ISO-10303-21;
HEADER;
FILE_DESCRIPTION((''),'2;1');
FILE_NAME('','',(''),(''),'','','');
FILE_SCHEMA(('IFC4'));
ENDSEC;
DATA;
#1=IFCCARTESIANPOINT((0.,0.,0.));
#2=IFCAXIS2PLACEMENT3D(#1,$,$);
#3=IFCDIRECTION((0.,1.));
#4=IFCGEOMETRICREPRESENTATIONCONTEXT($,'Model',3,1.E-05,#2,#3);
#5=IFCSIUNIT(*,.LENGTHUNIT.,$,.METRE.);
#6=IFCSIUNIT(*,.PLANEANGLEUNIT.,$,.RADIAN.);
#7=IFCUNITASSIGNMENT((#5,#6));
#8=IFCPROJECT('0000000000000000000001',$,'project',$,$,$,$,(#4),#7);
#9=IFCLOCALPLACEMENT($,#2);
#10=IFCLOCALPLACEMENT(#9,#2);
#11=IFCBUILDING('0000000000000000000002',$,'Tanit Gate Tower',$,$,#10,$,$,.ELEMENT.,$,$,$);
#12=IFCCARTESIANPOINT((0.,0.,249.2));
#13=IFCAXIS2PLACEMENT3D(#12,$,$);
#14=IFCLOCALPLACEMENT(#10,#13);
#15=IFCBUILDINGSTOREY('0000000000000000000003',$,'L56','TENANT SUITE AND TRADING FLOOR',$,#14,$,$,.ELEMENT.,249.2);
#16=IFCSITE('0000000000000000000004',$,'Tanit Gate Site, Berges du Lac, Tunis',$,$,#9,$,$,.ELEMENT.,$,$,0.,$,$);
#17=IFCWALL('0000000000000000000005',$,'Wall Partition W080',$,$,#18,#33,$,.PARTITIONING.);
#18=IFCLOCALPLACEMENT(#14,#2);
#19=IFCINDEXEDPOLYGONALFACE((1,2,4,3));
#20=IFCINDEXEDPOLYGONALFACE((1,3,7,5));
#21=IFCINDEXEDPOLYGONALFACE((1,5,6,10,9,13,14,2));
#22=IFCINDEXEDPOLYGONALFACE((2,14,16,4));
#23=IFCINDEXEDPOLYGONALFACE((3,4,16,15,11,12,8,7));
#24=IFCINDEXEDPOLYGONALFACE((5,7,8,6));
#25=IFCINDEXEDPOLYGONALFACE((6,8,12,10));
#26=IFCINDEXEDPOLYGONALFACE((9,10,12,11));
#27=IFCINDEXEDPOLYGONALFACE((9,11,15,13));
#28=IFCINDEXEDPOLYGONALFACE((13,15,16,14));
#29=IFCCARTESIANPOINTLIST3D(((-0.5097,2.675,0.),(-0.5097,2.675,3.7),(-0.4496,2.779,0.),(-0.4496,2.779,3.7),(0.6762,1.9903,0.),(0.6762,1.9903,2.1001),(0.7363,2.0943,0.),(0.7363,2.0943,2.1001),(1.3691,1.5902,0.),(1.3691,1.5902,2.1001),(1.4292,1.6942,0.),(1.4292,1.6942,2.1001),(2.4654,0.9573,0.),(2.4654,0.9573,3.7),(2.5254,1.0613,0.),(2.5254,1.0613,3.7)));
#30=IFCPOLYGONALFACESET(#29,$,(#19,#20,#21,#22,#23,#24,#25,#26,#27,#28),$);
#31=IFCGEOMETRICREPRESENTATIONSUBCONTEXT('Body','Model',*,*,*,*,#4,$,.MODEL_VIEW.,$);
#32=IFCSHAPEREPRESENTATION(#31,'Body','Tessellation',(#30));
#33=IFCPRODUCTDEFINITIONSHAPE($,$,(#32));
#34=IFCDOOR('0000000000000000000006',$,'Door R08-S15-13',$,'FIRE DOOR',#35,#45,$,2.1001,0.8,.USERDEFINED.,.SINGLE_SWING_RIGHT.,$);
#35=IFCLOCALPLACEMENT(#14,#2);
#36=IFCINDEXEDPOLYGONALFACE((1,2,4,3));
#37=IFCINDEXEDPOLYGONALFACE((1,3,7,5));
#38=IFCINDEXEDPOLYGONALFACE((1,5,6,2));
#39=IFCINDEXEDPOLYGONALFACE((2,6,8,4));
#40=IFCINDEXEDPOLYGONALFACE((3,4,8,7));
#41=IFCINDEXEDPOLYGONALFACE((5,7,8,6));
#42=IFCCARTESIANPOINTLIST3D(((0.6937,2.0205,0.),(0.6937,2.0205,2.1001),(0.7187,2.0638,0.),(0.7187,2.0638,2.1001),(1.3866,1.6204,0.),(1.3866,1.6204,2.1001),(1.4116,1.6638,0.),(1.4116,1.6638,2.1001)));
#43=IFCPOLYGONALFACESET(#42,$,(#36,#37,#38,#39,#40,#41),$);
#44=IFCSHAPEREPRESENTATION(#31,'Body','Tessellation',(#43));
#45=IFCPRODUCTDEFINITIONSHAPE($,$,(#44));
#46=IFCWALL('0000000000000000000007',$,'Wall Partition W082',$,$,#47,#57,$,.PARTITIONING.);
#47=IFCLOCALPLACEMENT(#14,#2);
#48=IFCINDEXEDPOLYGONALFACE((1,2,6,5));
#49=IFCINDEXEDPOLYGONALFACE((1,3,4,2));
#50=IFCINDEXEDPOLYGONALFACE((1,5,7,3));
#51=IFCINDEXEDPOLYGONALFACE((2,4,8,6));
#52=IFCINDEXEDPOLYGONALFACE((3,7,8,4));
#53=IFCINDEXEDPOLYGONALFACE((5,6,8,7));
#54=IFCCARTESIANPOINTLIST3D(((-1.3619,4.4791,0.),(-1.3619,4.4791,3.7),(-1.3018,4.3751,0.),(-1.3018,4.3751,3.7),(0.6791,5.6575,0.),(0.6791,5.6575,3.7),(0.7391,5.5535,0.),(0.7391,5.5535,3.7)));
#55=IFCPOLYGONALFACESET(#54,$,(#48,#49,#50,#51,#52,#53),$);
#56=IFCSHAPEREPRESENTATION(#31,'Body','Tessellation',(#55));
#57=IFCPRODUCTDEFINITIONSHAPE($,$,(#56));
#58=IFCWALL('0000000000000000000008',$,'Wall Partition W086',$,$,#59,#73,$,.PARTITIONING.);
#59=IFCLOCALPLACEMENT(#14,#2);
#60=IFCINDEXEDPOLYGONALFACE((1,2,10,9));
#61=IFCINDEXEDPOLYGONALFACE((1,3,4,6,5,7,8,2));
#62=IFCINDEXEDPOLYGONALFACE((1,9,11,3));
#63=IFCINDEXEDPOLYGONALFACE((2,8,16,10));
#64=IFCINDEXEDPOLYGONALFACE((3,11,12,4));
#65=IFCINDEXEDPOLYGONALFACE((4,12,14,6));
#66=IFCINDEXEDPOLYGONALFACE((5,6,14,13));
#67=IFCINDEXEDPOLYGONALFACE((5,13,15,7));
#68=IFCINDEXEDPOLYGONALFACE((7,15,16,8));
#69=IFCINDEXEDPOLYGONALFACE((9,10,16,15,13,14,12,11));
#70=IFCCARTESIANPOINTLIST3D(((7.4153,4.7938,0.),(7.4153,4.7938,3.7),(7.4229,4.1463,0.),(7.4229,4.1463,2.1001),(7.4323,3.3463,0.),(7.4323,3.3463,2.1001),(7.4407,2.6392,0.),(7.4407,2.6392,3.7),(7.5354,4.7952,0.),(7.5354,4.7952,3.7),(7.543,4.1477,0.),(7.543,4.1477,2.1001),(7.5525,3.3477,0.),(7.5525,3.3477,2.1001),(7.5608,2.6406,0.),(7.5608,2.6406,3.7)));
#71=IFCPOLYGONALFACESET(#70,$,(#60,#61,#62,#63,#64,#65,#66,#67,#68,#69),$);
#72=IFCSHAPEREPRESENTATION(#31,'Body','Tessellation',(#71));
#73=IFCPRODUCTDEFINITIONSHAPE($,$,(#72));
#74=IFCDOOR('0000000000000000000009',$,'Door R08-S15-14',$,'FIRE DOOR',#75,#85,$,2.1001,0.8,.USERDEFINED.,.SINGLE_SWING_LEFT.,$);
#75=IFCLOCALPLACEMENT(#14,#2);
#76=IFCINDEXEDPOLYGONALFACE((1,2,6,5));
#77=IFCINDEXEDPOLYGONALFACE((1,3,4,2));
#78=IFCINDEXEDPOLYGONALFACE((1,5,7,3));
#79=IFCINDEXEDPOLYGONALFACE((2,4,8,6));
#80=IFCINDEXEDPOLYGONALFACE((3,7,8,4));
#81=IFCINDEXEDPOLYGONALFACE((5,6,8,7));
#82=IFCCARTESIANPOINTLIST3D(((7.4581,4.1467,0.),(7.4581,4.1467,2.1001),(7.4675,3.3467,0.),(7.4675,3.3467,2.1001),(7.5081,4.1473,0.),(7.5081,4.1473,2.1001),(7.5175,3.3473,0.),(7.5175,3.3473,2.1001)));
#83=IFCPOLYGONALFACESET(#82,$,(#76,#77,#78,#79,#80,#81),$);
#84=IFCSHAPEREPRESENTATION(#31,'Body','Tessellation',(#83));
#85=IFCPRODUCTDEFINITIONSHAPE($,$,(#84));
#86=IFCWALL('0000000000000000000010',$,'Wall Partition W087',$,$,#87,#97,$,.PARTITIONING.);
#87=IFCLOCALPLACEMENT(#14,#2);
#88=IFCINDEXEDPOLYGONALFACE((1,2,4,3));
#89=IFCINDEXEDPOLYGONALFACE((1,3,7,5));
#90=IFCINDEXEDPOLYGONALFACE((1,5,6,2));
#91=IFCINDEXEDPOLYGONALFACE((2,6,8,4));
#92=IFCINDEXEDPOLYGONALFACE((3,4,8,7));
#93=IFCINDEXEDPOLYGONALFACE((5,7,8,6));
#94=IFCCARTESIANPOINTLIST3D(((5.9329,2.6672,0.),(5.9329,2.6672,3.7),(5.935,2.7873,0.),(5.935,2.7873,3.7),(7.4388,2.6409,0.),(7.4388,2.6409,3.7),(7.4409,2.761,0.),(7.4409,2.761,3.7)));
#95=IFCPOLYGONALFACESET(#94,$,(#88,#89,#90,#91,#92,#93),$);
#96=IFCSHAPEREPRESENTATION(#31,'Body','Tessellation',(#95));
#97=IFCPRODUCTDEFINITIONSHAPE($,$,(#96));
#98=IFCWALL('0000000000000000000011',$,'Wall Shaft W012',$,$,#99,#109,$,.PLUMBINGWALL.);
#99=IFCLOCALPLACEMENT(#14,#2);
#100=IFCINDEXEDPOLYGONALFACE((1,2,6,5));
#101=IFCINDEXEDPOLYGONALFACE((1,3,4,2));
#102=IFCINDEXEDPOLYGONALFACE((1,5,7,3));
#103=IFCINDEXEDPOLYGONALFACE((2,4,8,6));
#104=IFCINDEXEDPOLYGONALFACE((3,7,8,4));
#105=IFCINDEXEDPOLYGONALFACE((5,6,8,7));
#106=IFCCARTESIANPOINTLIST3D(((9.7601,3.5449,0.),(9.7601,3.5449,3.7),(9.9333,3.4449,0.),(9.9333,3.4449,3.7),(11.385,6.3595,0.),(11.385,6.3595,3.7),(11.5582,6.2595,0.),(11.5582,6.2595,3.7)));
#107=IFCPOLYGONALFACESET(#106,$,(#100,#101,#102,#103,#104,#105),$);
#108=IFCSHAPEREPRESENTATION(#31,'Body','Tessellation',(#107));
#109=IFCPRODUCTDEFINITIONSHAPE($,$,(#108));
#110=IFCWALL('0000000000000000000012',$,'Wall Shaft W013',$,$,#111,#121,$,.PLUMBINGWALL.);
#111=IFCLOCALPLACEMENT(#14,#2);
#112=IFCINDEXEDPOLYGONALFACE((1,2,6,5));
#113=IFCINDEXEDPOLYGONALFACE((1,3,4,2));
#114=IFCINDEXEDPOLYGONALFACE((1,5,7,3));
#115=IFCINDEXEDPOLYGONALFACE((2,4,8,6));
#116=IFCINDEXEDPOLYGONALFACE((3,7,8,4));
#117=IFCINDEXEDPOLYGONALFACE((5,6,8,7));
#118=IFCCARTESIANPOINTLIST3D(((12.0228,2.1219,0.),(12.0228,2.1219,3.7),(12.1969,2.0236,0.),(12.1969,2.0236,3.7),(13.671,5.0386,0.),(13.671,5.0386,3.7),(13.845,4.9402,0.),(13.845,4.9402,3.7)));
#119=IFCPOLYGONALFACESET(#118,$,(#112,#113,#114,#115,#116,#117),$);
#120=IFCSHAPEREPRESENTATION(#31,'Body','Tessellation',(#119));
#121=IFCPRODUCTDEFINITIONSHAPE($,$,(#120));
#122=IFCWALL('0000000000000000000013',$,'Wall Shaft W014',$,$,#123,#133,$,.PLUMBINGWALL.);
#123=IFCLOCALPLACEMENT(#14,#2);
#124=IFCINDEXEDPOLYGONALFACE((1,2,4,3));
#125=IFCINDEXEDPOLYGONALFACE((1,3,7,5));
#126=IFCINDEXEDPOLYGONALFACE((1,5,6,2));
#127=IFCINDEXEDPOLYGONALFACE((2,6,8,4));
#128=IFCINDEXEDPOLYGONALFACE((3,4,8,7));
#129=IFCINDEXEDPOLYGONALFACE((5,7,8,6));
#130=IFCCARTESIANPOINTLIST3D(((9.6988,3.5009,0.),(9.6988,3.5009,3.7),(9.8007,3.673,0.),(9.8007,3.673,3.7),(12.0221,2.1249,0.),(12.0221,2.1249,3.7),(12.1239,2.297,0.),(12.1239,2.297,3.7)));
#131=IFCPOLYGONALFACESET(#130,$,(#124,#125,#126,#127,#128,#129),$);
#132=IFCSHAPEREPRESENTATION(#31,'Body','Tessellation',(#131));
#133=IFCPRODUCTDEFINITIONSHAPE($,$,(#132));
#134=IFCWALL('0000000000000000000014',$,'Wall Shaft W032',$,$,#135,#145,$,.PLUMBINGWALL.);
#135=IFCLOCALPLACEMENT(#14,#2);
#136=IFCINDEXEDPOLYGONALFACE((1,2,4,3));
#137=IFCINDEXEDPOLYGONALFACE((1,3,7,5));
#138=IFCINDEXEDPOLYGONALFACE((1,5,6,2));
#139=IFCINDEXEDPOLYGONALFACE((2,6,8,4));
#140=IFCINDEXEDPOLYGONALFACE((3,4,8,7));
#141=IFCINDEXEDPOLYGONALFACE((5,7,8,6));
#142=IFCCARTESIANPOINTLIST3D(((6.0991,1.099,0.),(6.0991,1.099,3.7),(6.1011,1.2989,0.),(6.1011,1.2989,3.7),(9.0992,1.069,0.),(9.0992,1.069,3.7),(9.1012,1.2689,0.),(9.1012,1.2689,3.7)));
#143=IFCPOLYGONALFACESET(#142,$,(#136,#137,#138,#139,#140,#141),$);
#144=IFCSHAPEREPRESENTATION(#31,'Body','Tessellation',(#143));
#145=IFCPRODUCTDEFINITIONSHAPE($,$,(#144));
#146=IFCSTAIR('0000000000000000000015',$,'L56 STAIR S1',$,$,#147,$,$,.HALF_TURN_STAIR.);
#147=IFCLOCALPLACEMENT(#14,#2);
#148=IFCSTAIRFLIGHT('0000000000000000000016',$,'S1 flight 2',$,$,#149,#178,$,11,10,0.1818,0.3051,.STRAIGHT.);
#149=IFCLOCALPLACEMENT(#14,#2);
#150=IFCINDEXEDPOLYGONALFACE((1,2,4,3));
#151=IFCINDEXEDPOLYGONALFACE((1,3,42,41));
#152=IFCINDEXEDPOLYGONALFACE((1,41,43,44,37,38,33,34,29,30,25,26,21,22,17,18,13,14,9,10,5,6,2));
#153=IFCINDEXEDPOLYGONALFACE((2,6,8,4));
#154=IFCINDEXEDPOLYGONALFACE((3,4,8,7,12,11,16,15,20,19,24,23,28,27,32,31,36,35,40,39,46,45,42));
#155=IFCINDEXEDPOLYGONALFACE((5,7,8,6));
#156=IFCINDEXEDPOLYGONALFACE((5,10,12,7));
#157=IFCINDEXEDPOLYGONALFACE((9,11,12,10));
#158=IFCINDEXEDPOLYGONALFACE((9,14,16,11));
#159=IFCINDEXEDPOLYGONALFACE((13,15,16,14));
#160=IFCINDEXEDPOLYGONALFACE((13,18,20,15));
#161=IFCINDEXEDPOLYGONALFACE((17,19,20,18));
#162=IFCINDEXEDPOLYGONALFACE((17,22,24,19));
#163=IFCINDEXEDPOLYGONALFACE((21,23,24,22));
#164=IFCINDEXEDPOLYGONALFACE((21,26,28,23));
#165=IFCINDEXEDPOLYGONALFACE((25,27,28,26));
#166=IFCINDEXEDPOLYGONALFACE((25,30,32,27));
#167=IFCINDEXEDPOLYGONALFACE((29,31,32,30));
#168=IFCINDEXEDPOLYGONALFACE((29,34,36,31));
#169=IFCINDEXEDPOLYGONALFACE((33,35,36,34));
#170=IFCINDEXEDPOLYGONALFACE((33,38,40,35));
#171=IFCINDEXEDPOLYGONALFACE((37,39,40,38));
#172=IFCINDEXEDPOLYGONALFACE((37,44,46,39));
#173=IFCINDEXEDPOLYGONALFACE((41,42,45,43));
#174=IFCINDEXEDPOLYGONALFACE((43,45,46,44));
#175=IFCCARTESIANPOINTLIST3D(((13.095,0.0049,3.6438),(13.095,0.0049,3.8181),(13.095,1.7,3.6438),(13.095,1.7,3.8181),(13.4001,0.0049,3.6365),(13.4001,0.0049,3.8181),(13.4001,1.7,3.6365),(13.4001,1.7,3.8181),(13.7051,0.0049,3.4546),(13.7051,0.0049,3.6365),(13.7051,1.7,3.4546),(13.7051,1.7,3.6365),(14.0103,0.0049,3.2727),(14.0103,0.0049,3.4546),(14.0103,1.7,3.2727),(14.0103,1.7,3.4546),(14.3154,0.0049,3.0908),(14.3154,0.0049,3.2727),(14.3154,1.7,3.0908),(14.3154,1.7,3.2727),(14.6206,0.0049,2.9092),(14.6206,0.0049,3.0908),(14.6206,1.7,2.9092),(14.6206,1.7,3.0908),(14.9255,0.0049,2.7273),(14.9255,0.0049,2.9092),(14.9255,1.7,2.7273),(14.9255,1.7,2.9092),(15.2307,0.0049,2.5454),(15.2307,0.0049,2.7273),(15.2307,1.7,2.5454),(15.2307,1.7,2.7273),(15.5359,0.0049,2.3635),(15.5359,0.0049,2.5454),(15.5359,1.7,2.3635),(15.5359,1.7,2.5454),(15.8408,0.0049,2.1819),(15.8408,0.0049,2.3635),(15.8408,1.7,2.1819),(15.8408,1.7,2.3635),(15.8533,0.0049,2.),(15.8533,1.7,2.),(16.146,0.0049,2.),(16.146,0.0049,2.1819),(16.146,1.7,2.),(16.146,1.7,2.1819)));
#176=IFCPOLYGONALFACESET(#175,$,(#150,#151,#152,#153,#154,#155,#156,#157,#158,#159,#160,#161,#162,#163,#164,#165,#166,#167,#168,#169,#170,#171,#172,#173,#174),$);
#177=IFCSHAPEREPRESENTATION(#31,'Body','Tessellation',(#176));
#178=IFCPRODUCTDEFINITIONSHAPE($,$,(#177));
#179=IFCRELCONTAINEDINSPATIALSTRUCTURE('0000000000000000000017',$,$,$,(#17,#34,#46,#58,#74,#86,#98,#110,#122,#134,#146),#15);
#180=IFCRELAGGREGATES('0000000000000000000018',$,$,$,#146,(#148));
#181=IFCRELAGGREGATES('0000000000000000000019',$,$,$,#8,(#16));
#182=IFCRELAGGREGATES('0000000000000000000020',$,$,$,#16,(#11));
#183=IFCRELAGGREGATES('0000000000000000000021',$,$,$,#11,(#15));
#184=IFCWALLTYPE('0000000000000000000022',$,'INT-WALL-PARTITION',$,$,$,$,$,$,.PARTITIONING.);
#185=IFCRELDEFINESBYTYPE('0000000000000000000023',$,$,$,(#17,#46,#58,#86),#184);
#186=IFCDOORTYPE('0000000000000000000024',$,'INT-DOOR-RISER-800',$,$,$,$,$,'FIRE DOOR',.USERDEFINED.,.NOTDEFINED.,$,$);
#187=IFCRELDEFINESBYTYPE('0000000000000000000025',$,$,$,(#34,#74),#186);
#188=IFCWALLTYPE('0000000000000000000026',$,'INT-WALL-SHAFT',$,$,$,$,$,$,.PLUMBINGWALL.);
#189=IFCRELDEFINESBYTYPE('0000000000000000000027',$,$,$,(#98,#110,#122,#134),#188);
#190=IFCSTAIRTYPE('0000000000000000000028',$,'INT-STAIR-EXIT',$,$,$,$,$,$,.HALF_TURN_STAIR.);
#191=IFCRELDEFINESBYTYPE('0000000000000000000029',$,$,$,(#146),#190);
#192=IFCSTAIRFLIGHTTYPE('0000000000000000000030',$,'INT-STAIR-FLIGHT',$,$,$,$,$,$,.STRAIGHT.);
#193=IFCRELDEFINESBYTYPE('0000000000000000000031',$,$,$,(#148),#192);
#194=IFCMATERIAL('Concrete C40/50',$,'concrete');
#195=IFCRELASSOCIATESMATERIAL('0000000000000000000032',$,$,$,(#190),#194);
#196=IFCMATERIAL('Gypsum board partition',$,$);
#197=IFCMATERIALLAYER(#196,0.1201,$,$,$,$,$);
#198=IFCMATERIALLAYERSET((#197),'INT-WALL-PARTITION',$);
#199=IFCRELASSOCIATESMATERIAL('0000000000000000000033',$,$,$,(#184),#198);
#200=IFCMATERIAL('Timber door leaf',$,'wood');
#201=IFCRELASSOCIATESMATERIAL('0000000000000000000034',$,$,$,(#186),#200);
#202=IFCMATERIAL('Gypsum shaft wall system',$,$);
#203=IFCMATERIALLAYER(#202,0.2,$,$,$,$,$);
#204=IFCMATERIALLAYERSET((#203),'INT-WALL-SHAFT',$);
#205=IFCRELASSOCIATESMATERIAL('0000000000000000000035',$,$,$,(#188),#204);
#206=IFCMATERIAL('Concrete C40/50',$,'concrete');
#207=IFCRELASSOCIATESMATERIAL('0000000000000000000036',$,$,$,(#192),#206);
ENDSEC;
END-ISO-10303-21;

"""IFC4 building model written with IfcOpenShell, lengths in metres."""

from ifc_helpers import new_model, si_unit, direction, frame, frame_2d, origin, place, context, subcontext, project, spatial, polyline, rectangle, outline, extrude, material, layer, layer_set, type_object, element, fill, aggregate, save


model = new_model("IFC4")

# Units and contexts
model_context = context("Model", 3, precision=1e-05, world=origin(), true_north=direction((0.0, 1.0)))
body_context = subcontext(model_context, "Body", "Model", "MODEL_VIEW")
ifc_project = project(units=[si_unit("LENGTHUNIT", "METRE"), si_unit("PLANEANGLEUNIT", "RADIAN")], contexts=[model_context])

# Site, building, storey
site_placement = place(None, origin())
site = spatial("IfcSite", under=ifc_project, at=site_placement, Name="Tanit Gate Site, Berges du Lac, Tunis", CompositionType="ELEMENT", RefElevation=0.0)
building_placement = place(site_placement, origin())
building = spatial("IfcBuilding", under=site, at=building_placement, Name="Tanit Gate Tower", CompositionType="ELEMENT")
storey_placement = place(building_placement, frame((0.0, 0.0, 249.2)))
storey = spatial("IfcBuildingStorey", under=building, at=storey_placement, Name="L56", Description="TENANT SUITE AND TRADING FLOOR", CompositionType="ELEMENT", Elevation=249.2)

# Shared definitions
ifc_material_1 = material(Name="Concrete C40/50", Category="concrete")
stair_type = type_object("IfcStairType", Name="INT-STAIR-EXIT", PredefinedType="HALF_TURN_STAIR", material=ifc_material_1)

# Shared definitions
ifc_material_2 = material(Name="Gypsum board partition")
ifc_layer_1 = layer(ifc_material_2, 0.1201)
ifc_layer_set_1 = layer_set([ifc_layer_1], Name="INT-WALL-PARTITION")
wall_type_1 = type_object("IfcWallType", Name="INT-WALL-PARTITION", PredefinedType="PARTITIONING", material=ifc_layer_set_1)
ifc_material_3 = material(Name="Timber door leaf", Category="wood")
door_type_1 = type_object("IfcDoorType", Name="INT-DOOR-RISER-800", ElementType="FIRE DOOR", OperationType="NOTDEFINED", PredefinedType="USERDEFINED", material=ifc_material_3)

# Wall, opening, door
wall_1_placement = place(storey_placement, frame((-0.4797, 2.7271, 0.0), z_axis=(0.0, 0.0, 1.0), x_axis=(0.866013, -0.500022, 0.0)))
wall_1 = element("IfcWall", 1, at=wall_1_placement, inside=storey, type_object=wall_type_1, Name="Wall Partition W080", PredefinedType="PARTITIONING", context=body_context, shape_type="SweptSolid", body=[
    extrude(rectangle(XDim=3.4353, YDim=0.1201, at=frame_2d((1.7178, 0.0))), origin(), (0.0, 0.0, 1.0), 3.7),
])
opening_1_placement = place(wall_1_placement, frame((1.3696, 0.0, 0.0)))
opening_1 = element("IfcOpeningElement", 2, at=opening_1_placement, cuts=wall_1, PredefinedType="OPENING", context=body_context, shape_type="SweptSolid", body=[
    extrude(rectangle(XDim=0.8, YDim=2.1001, at=frame_2d((0.3999, 1.05))), frame((0.0, 0.0701, 0.0), z_axis=(0.0, -1.0, 0.0), x_axis=(1.0, 0.0, 0.0)), (0.0, 0.0, 1.0), 0.1401),
])
door_1_placement = place(opening_1_placement, origin())
door_1 = element("IfcDoor", 3, at=door_1_placement, inside=storey, type_object=door_type_1, Name="Door R08-S15-13", ObjectType="FIRE DOOR", OperationType="SINGLE_SWING_RIGHT", OverallHeight=2.1001, OverallWidth=0.8, PredefinedType="USERDEFINED", context=body_context, shape_type="SweptSolid", body=[
    extrude(rectangle(XDim=0.8, YDim=2.1001, at=frame_2d((0.3999, 1.05))), frame((0.0, 0.0249, 0.0), z_axis=(0.0, -1.0, 0.0), x_axis=(1.0, 0.0, 0.0)), (0.0, 0.0, 1.0), 0.05),
])
fill(opening_1, door_1)

# Wall
wall_2_placement = place(storey_placement, frame((0.709, 5.6055, 0.0), z_axis=(0.0, 0.0, 1.0), x_axis=(-0.86601, -0.500027, 0.0)))
element("IfcWall", 4, at=wall_2_placement, inside=storey, type_object=wall_type_1, Name="Wall Partition W082", PredefinedType="PARTITIONING", context=body_context, shape_type="SweptSolid", body=[
    extrude(rectangle(XDim=2.3567, YDim=0.1201, at=frame_2d((1.1782, 0.0))), origin(), (0.0, 0.0, 1.0), 3.7),
])

# Wall, opening, door
wall_3_placement = place(storey_placement, frame((7.5007, 2.6399, 0.0), z_axis=(0.0, 0.0, 1.0), x_axis=(-0.011784, 0.999931, 0.0)))
wall_3 = element("IfcWall", 5, at=wall_3_placement, inside=storey, type_object=wall_type_1, Name="Wall Partition W086", PredefinedType="PARTITIONING", context=body_context, shape_type="SweptSolid", body=[
    extrude(rectangle(XDim=2.1548, YDim=0.1201, at=frame_2d((1.0774, 0.0))), origin(), (0.0, 0.0, 1.0), 3.7),
])
opening_2_placement = place(wall_3_placement, frame((0.7073, 0.0, 0.0)))
opening_2 = element("IfcOpeningElement", 6, at=opening_2_placement, cuts=wall_3, PredefinedType="OPENING", context=body_context, shape_type="SweptSolid", body=[
    extrude(rectangle(XDim=0.8, YDim=2.1001, at=frame_2d((0.3999, 1.05))), frame((0.0, 0.0701, 0.0), z_axis=(0.0, -1.0, 0.0), x_axis=(1.0, 0.0, 0.0)), (0.0, 0.0, 1.0), 0.1401),
])
door_2_placement = place(opening_2_placement, origin())
door_2 = element("IfcDoor", 7, at=door_2_placement, inside=storey, type_object=door_type_1, Name="Door R08-S15-14", ObjectType="FIRE DOOR", OperationType="SINGLE_SWING_LEFT", OverallHeight=2.1001, OverallWidth=0.8, PredefinedType="USERDEFINED", context=body_context, shape_type="SweptSolid", body=[
    extrude(rectangle(XDim=0.8, YDim=2.1001, at=frame_2d((0.3999, 1.05))), frame((0.0, 0.0249, 0.0), z_axis=(0.0, -1.0, 0.0), x_axis=(1.0, 0.0, 0.0)), (0.0, 0.0, 1.0), 0.05),
])
fill(opening_2, door_2)

# Walls
wall_4_placement = place(storey_placement, frame((5.9341, 2.7273, 0.0), z_axis=(0.0, 0.0, 1.0), x_axis=(0.999847, -0.017507, 0.0)))
element("IfcWall", 8, at=wall_4_placement, inside=storey, type_object=wall_type_1, Name="Wall Partition W087", PredefinedType="PARTITIONING", context=body_context, shape_type="SweptSolid", body=[
    extrude(rectangle(XDim=1.5061, YDim=0.1201, at=frame_2d((0.7529, 0.0))), origin(), (0.0, 0.0, 1.0), 3.7),
])
ifc_material_4 = material(Name="Gypsum shaft wall system")
ifc_layer_2 = layer(ifc_material_4, 0.2)
ifc_layer_set_2 = layer_set([ifc_layer_2], Name="INT-WALL-SHAFT")
wall_type_2 = type_object("IfcWallType", Name="INT-WALL-SHAFT", PredefinedType="PLUMBINGWALL", material=ifc_layer_set_2)
wall_5_placement = place(storey_placement, frame((9.8467, 3.4949, 0.0), z_axis=(0.0, 0.0, 1.0), x_axis=(0.499985, 0.866034, 0.0)))
element("IfcWall", 9, at=wall_5_placement, inside=storey, type_object=wall_type_2, Name="Wall Shaft W012", PredefinedType="PLUMBINGWALL", context=body_context, shape_type="SweptSolid", body=[
    extrude(rectangle(XDim=3.25, YDim=0.2, at=frame_2d((1.625, 0.0))), origin(), (0.0, 0.0, 1.0), 3.7),
])
wall_6_placement = place(storey_placement, frame((12.1099, 2.0728, 0.0), z_axis=(0.0, 0.0, 1.0), x_axis=(0.491966, 0.870614, 0.0)))
element("IfcWall", 10, at=wall_6_placement, inside=storey, type_object=wall_type_2, Name="Wall Shaft W013", PredefinedType="PLUMBINGWALL", context=body_context, shape_type="SweptSolid", body=[
    extrude(rectangle(XDim=3.3501, YDim=0.2, at=frame_2d((1.675, 0.0))), origin(), (0.0, 0.0, 1.0), 3.7),
])
wall_7_placement = place(storey_placement, frame((12.073, 2.2109, 0.0), z_axis=(0.0, 0.0, 1.0), x_axis=(-0.860415, 0.509594, 0.0)))
element("IfcWall", 11, at=wall_7_placement, inside=storey, type_object=wall_type_2, Name="Wall Shaft W014", PredefinedType="PLUMBINGWALL", context=body_context, shape_type="SweptSolid", body=[
    extrude(rectangle(XDim=2.7002, YDim=0.2, at=frame_2d((1.3501, 0.0))), origin(), (0.0, 0.0, 1.0), 3.7),
])

# Wall
wall_8_placement = place(storey_placement, frame((9.1001, 1.1689, 0.0), z_axis=(0.0, 0.0, 1.0), x_axis=(-0.99995, 0.010009, 0.0)))
element("IfcWall", 12, at=wall_8_placement, inside=storey, type_object=wall_type_2, Name="Wall Shaft W032", PredefinedType="PLUMBINGWALL", context=body_context, shape_type="SweptSolid", body=[
    extrude(rectangle(XDim=3.0002, YDim=0.2, at=frame_2d((1.5, 0.0))), origin(), (0.0, 0.0, 1.0), 3.7),
])

# Stair, stair flight
stair_1_placement = place(storey_placement, origin())
stair_1 = element("IfcStair", 13, at=stair_1_placement, inside=storey, type_object=stair_type, Name="L56 STAIR S1", PredefinedType="HALF_TURN_STAIR")
ifc_material_5 = material(Name="Concrete C40/50", Category="concrete")
stair_flight_type = type_object("IfcStairFlightType", Name="INT-STAIR-FLIGHT", PredefinedType="STRAIGHT", material=ifc_material_5)
stair_flight_placement = place(storey_placement, frame((16.146, 0.8525, 2.0), z_axis=(0.0, 0.0, 1.0), x_axis=(-1.0, 0.0, 0.0)))
stair_flight = element("IfcStairFlight", 14, at=stair_flight_placement, type_object=stair_flight_type, Name="S1 flight 2", NumberOfRisers=11, NumberOfTreads=10, PredefinedType="STRAIGHT", RiserHeight=0.1818, TreadLength=0.3051, context=body_context, shape_type="SweptSolid", body=[
    extrude(outline(polyline([(0.0, 0.0), (0.0, 0.1819), (0.3052, 0.1819), (0.3052, 0.3635), (0.6101, 0.3635), (0.6101, 0.5454), (0.9153, 0.5454), (0.9153, 0.7273), (1.2205, 0.7273), (1.2205, 0.9092), (1.5254, 0.9092), (1.5254, 1.0908), (1.8306, 1.0908), (1.8306, 1.2727), (2.1357, 1.2727), (2.1357, 1.4546), (2.4409, 1.4546), (2.4409, 1.6365), (2.7458, 1.6365), (2.7458, 1.8181), (3.051, 1.8181), (3.051, 2.0), (3.051, 1.6438), (0.2927, 0.0), (0.0, 0.0)])), frame((0.0, 0.8477, 0.0), z_axis=(0.0, -1.0, 0.0), x_axis=(1.0, 0.0, 0.0)), (0.0, 0.0, 1.0), 1.6951),
])
aggregate(stair_1, [stair_flight])

save(model, "model.ifc")
